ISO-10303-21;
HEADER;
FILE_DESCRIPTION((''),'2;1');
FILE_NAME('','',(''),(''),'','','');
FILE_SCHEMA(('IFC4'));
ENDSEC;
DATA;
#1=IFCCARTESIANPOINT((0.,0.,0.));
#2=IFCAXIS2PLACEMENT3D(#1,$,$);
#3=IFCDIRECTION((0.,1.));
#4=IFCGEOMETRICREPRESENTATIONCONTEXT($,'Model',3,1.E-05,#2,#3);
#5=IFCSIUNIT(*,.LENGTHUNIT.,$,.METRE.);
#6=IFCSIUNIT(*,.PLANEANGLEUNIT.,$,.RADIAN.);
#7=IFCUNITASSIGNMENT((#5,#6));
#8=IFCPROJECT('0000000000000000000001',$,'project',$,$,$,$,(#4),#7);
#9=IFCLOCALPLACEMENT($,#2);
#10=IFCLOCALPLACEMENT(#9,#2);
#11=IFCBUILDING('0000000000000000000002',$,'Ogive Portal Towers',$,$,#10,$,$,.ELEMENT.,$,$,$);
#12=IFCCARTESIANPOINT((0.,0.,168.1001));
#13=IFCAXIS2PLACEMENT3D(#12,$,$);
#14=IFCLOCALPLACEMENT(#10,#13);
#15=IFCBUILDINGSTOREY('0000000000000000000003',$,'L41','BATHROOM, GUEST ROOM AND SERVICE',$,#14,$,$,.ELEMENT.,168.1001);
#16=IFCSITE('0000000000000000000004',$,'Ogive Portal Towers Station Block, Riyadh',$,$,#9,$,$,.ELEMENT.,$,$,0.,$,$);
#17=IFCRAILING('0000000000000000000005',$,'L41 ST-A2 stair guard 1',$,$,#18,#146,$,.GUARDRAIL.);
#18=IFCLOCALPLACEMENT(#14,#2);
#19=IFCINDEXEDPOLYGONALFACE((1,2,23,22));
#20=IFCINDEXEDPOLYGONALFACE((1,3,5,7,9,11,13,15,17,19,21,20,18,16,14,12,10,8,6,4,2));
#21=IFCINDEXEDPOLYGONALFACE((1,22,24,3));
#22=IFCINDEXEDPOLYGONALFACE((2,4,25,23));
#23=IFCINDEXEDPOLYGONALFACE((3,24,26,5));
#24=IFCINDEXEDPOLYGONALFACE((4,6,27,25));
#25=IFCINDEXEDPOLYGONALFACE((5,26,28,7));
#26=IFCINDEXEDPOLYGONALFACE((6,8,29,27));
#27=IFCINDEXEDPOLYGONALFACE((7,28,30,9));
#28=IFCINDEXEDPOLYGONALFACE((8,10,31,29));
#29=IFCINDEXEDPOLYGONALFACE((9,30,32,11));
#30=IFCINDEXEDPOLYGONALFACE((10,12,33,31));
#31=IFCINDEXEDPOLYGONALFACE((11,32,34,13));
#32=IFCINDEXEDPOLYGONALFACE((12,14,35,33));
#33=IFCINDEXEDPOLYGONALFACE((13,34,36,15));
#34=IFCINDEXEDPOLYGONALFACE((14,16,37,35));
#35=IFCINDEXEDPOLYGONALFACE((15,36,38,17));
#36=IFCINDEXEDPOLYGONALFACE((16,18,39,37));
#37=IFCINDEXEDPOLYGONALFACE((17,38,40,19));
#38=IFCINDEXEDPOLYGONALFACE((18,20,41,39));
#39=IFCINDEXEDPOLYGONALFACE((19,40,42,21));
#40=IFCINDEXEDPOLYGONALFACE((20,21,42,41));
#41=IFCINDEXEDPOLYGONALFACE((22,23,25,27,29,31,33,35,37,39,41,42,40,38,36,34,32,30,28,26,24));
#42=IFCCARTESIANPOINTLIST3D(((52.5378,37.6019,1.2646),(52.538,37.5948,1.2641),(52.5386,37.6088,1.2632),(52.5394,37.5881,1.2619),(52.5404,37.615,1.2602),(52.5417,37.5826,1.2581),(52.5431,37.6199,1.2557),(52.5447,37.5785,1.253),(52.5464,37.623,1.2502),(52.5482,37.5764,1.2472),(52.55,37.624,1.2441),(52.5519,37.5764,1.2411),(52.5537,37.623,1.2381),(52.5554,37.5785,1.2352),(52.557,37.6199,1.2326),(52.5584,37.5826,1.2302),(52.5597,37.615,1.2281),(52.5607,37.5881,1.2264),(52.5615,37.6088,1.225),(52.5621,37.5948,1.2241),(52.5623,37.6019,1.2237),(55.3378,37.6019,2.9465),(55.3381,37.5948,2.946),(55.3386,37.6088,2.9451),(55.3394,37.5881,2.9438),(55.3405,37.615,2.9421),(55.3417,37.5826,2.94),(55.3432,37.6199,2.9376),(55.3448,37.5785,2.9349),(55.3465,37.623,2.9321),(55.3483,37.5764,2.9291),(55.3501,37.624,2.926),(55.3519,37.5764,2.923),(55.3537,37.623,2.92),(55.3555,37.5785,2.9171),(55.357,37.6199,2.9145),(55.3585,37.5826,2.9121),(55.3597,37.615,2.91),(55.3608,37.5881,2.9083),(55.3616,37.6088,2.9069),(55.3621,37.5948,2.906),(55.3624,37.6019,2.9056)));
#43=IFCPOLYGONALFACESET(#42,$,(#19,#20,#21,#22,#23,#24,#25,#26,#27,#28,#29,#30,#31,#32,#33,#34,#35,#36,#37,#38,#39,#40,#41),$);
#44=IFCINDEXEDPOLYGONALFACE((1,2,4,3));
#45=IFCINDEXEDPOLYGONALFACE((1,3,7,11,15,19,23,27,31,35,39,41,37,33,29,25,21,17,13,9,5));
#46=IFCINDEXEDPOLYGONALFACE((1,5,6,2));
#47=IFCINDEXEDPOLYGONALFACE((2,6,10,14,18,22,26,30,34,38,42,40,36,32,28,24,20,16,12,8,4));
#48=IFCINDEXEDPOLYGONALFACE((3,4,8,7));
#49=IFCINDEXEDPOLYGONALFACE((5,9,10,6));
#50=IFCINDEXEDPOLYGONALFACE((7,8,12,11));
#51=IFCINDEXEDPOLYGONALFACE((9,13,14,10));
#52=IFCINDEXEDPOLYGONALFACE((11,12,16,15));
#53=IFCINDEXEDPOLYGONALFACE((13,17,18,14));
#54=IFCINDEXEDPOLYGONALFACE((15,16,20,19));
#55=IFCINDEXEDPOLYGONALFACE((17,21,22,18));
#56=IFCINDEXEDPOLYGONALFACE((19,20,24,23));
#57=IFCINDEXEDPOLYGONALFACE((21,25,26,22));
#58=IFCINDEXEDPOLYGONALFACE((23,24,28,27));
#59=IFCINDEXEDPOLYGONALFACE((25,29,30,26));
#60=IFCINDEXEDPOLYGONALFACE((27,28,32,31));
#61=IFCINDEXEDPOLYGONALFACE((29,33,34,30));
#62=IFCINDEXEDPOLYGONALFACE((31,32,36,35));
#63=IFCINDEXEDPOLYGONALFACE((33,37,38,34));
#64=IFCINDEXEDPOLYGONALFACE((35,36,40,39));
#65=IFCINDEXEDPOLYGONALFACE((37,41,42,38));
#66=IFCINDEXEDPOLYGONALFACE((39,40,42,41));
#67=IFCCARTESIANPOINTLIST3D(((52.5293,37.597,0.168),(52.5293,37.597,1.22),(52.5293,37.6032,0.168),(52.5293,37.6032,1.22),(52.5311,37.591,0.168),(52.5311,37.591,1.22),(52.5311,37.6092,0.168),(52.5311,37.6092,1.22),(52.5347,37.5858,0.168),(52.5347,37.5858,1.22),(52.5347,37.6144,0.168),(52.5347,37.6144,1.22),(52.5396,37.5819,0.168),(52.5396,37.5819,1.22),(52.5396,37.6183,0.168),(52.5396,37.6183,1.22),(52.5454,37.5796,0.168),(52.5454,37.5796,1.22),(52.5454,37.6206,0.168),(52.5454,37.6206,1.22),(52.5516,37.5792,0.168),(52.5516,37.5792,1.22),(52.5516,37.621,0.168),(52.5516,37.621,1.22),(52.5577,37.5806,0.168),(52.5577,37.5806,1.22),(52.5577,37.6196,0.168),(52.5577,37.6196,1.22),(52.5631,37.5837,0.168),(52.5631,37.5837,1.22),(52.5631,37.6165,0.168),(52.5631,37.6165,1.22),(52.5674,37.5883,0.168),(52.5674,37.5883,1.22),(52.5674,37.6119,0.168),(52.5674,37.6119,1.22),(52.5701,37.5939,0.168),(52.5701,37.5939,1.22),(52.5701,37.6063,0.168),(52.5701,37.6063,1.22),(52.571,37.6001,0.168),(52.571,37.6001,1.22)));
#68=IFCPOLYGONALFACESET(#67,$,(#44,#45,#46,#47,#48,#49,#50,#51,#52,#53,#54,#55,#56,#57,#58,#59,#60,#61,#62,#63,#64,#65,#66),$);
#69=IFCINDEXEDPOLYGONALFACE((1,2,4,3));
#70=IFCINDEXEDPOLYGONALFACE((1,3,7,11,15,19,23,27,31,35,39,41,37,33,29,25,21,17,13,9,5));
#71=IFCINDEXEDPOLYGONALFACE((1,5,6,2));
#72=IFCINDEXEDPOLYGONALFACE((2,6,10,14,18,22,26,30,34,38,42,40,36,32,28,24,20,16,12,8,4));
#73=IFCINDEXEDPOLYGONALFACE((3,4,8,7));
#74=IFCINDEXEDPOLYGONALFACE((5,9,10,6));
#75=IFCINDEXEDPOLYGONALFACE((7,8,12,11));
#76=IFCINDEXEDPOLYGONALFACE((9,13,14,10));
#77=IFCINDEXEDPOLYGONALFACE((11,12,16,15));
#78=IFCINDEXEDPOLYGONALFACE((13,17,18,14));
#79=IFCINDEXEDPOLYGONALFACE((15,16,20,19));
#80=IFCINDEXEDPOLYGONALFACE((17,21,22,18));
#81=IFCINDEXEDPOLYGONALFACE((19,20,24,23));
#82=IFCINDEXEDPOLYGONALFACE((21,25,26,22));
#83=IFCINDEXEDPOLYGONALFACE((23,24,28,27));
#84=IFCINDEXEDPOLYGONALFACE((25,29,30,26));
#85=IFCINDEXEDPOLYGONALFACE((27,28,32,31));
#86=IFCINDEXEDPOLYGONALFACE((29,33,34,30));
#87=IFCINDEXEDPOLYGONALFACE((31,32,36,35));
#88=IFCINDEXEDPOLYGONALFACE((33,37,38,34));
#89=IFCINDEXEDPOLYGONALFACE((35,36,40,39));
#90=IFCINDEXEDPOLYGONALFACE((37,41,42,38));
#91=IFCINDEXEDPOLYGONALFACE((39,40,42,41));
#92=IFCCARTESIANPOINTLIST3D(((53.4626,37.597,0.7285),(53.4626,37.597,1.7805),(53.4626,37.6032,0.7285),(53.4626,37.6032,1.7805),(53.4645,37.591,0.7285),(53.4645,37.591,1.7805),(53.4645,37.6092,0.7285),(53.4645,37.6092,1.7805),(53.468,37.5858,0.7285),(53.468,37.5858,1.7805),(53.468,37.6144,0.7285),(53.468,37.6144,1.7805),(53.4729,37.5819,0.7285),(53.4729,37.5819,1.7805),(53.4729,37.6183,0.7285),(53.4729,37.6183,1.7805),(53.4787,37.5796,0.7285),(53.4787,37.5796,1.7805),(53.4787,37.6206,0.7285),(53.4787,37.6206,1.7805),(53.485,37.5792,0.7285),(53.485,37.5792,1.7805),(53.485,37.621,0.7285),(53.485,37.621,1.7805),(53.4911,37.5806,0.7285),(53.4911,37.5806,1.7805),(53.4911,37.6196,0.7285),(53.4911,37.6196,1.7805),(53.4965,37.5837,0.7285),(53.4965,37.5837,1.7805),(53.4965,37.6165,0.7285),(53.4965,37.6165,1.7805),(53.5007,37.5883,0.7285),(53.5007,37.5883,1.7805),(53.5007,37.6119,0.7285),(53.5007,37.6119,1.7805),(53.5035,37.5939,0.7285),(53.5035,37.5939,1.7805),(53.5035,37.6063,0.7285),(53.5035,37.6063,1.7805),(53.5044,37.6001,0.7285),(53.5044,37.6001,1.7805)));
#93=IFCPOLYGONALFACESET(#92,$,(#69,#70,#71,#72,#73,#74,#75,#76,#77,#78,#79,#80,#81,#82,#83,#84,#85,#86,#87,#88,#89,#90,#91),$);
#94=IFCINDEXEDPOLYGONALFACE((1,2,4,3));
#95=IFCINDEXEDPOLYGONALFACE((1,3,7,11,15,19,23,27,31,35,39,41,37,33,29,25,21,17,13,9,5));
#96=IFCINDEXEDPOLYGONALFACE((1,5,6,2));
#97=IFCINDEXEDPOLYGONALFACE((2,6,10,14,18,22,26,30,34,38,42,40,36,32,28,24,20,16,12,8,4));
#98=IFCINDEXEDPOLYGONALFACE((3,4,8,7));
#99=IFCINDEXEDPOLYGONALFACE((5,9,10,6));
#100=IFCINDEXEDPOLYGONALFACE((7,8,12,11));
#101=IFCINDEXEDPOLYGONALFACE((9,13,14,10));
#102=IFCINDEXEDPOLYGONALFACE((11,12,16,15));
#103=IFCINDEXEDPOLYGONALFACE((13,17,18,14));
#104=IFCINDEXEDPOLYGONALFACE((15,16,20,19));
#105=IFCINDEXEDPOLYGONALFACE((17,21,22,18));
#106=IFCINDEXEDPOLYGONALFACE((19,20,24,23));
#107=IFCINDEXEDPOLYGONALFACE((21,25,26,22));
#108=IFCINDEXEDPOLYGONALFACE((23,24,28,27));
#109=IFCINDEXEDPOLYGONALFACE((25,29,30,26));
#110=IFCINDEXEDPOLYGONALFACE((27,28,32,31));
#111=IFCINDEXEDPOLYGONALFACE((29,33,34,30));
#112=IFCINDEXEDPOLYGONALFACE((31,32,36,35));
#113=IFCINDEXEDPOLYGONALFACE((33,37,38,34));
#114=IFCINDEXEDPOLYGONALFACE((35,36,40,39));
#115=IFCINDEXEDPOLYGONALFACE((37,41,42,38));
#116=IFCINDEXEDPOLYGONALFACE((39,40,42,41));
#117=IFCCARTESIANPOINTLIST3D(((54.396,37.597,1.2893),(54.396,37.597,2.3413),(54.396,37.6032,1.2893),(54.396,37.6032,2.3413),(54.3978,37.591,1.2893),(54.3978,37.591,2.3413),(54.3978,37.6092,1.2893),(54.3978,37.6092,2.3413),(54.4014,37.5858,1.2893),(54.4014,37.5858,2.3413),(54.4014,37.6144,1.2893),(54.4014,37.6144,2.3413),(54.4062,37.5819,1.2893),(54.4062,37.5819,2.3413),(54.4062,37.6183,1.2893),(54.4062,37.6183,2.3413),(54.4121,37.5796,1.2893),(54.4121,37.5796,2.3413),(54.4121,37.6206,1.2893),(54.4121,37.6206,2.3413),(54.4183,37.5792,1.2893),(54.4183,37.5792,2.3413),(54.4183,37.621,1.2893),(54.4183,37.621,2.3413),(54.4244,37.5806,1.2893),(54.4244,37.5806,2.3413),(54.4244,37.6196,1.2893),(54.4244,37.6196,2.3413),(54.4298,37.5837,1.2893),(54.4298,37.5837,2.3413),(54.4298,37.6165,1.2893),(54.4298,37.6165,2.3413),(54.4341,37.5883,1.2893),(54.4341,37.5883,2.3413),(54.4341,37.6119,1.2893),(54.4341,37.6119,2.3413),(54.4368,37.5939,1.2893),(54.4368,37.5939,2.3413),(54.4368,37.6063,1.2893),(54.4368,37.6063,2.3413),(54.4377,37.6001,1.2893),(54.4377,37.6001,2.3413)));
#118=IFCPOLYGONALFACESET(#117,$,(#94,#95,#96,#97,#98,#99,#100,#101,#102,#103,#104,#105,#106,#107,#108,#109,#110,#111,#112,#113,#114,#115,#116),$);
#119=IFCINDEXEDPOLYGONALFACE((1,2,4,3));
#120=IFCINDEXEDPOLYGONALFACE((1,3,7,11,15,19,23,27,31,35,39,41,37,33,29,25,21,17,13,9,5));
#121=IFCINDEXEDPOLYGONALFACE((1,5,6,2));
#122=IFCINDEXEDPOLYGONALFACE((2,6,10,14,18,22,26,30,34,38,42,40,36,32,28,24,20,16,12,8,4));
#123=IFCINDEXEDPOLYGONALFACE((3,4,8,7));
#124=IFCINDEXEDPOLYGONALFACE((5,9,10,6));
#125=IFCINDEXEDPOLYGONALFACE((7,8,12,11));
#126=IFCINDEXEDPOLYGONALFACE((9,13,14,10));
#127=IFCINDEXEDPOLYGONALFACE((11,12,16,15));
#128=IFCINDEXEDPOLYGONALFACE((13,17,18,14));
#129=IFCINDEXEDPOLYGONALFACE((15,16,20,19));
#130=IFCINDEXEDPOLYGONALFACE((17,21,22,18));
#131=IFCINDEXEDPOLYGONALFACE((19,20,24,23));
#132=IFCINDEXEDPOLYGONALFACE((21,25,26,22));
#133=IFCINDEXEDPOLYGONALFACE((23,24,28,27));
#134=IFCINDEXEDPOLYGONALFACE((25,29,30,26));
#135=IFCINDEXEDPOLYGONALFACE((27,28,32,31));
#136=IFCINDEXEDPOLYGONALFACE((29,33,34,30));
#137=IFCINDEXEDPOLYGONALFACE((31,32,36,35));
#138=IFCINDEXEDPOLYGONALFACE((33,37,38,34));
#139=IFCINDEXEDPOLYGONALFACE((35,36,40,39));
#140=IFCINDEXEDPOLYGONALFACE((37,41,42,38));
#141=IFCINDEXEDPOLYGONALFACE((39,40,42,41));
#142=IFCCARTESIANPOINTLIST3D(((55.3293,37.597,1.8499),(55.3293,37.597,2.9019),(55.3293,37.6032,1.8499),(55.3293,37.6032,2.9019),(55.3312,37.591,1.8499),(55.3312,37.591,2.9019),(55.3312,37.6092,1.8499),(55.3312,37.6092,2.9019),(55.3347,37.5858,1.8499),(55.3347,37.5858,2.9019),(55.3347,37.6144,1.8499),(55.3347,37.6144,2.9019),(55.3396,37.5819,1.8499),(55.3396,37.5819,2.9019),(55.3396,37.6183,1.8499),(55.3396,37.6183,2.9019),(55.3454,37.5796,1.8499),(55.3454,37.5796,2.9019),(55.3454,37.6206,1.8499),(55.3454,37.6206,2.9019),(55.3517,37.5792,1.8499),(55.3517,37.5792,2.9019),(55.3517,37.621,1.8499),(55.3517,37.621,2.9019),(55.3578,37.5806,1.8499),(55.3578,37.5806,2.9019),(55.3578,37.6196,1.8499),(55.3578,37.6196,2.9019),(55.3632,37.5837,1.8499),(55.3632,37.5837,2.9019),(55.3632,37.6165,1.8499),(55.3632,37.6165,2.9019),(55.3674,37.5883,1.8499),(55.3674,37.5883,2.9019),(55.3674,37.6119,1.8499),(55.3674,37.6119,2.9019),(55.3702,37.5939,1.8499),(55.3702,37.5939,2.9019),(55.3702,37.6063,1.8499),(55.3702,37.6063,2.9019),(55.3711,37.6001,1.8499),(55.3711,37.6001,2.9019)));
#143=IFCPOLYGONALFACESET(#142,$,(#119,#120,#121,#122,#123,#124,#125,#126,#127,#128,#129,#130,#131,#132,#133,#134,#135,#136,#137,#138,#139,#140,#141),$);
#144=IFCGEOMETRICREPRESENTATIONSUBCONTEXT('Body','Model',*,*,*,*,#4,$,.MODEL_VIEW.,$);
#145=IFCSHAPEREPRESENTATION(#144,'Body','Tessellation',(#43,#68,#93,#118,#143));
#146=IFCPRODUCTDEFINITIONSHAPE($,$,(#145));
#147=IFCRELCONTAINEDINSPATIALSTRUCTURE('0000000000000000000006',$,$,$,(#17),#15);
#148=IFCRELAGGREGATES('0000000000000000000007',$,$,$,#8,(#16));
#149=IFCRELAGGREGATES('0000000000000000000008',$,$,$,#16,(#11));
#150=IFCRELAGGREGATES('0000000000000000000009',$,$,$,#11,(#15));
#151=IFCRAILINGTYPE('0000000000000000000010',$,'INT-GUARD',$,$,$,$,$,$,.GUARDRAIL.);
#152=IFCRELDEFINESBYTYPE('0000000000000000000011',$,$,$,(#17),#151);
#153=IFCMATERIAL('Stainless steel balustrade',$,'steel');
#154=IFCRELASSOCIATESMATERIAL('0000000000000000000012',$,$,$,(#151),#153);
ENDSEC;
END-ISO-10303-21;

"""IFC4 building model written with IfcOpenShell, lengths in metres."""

from ifc_helpers import new_model, si_unit, direction, frame, origin, origin_2d, place, context, subcontext, project, spatial, circle, extrude, material, type_object, element, save


model = new_model("IFC4")

# Units and contexts
model_context = context("Model", 3, precision=1e-05, world=origin(), true_north=direction((0.0, 1.0)))
body_context = subcontext(model_context, "Body", "Model", "MODEL_VIEW")
ifc_project = project(units=[si_unit("LENGTHUNIT", "METRE"), si_unit("PLANEANGLEUNIT", "RADIAN")], contexts=[model_context])

# Site, building, storey
site_placement = place(None, origin())
site = spatial("IfcSite", under=ifc_project, at=site_placement, Name="Ogive Portal Towers Station Block, Riyadh", CompositionType="ELEMENT", RefElevation=0.0)
building_placement = place(site_placement, origin())
building = spatial("IfcBuilding", under=site, at=building_placement, Name="Ogive Portal Towers", CompositionType="ELEMENT")
storey_placement = place(building_placement, frame((0.0, 0.0, 168.1001)))
storey = spatial("IfcBuildingStorey", under=building, at=storey_placement, Name="L41", Description="BATHROOM, GUEST ROOM AND SERVICE", CompositionType="ELEMENT", Elevation=168.1001)

# Railing
ifc_material_1 = material(Name="Stainless steel balustrade", Category="steel")
railing_type_1 = type_object("IfcRailingType", Name="INT-GUARD", PredefinedType="GUARDRAIL", material=ifc_material_1)
railing_1_placement = place(storey_placement, frame((52.55, 37.6001, 0.168)))
element("IfcRailing", 1, at=railing_1_placement, inside=storey, type_object=railing_type_1, Name="L41 ST-A2 stair guard 1", PredefinedType="GUARDRAIL", context=body_context, shape_type="SweptSolid", body=[
    extrude(circle(Radius=0.0239, at=origin_2d()), frame((0.0, 0.0, 1.0762), z_axis=(0.857242, 0.0, 0.514913), x_axis=(0.0, 1.0, 0.0)), (0.0, 0.0, 1.0), 3.2664),
    extrude(circle(Radius=0.021, at=origin_2d()), origin(), (0.0, 0.0, 1.0), 1.052),
    extrude(circle(Radius=0.021, at=origin_2d()), frame((0.9333, 0.0, 0.5605)), (0.0, 0.0, 1.0), 1.052),
    extrude(circle(Radius=0.021, at=origin_2d()), frame((1.8667, 0.0, 1.1213)), (0.0, 0.0, 1.0), 1.052),
    extrude(circle(Radius=0.021, at=origin_2d()), frame((2.8, 0.0, 1.6819)), (0.0, 0.0, 1.0), 1.052),
])

save(model, "model.ifc")
